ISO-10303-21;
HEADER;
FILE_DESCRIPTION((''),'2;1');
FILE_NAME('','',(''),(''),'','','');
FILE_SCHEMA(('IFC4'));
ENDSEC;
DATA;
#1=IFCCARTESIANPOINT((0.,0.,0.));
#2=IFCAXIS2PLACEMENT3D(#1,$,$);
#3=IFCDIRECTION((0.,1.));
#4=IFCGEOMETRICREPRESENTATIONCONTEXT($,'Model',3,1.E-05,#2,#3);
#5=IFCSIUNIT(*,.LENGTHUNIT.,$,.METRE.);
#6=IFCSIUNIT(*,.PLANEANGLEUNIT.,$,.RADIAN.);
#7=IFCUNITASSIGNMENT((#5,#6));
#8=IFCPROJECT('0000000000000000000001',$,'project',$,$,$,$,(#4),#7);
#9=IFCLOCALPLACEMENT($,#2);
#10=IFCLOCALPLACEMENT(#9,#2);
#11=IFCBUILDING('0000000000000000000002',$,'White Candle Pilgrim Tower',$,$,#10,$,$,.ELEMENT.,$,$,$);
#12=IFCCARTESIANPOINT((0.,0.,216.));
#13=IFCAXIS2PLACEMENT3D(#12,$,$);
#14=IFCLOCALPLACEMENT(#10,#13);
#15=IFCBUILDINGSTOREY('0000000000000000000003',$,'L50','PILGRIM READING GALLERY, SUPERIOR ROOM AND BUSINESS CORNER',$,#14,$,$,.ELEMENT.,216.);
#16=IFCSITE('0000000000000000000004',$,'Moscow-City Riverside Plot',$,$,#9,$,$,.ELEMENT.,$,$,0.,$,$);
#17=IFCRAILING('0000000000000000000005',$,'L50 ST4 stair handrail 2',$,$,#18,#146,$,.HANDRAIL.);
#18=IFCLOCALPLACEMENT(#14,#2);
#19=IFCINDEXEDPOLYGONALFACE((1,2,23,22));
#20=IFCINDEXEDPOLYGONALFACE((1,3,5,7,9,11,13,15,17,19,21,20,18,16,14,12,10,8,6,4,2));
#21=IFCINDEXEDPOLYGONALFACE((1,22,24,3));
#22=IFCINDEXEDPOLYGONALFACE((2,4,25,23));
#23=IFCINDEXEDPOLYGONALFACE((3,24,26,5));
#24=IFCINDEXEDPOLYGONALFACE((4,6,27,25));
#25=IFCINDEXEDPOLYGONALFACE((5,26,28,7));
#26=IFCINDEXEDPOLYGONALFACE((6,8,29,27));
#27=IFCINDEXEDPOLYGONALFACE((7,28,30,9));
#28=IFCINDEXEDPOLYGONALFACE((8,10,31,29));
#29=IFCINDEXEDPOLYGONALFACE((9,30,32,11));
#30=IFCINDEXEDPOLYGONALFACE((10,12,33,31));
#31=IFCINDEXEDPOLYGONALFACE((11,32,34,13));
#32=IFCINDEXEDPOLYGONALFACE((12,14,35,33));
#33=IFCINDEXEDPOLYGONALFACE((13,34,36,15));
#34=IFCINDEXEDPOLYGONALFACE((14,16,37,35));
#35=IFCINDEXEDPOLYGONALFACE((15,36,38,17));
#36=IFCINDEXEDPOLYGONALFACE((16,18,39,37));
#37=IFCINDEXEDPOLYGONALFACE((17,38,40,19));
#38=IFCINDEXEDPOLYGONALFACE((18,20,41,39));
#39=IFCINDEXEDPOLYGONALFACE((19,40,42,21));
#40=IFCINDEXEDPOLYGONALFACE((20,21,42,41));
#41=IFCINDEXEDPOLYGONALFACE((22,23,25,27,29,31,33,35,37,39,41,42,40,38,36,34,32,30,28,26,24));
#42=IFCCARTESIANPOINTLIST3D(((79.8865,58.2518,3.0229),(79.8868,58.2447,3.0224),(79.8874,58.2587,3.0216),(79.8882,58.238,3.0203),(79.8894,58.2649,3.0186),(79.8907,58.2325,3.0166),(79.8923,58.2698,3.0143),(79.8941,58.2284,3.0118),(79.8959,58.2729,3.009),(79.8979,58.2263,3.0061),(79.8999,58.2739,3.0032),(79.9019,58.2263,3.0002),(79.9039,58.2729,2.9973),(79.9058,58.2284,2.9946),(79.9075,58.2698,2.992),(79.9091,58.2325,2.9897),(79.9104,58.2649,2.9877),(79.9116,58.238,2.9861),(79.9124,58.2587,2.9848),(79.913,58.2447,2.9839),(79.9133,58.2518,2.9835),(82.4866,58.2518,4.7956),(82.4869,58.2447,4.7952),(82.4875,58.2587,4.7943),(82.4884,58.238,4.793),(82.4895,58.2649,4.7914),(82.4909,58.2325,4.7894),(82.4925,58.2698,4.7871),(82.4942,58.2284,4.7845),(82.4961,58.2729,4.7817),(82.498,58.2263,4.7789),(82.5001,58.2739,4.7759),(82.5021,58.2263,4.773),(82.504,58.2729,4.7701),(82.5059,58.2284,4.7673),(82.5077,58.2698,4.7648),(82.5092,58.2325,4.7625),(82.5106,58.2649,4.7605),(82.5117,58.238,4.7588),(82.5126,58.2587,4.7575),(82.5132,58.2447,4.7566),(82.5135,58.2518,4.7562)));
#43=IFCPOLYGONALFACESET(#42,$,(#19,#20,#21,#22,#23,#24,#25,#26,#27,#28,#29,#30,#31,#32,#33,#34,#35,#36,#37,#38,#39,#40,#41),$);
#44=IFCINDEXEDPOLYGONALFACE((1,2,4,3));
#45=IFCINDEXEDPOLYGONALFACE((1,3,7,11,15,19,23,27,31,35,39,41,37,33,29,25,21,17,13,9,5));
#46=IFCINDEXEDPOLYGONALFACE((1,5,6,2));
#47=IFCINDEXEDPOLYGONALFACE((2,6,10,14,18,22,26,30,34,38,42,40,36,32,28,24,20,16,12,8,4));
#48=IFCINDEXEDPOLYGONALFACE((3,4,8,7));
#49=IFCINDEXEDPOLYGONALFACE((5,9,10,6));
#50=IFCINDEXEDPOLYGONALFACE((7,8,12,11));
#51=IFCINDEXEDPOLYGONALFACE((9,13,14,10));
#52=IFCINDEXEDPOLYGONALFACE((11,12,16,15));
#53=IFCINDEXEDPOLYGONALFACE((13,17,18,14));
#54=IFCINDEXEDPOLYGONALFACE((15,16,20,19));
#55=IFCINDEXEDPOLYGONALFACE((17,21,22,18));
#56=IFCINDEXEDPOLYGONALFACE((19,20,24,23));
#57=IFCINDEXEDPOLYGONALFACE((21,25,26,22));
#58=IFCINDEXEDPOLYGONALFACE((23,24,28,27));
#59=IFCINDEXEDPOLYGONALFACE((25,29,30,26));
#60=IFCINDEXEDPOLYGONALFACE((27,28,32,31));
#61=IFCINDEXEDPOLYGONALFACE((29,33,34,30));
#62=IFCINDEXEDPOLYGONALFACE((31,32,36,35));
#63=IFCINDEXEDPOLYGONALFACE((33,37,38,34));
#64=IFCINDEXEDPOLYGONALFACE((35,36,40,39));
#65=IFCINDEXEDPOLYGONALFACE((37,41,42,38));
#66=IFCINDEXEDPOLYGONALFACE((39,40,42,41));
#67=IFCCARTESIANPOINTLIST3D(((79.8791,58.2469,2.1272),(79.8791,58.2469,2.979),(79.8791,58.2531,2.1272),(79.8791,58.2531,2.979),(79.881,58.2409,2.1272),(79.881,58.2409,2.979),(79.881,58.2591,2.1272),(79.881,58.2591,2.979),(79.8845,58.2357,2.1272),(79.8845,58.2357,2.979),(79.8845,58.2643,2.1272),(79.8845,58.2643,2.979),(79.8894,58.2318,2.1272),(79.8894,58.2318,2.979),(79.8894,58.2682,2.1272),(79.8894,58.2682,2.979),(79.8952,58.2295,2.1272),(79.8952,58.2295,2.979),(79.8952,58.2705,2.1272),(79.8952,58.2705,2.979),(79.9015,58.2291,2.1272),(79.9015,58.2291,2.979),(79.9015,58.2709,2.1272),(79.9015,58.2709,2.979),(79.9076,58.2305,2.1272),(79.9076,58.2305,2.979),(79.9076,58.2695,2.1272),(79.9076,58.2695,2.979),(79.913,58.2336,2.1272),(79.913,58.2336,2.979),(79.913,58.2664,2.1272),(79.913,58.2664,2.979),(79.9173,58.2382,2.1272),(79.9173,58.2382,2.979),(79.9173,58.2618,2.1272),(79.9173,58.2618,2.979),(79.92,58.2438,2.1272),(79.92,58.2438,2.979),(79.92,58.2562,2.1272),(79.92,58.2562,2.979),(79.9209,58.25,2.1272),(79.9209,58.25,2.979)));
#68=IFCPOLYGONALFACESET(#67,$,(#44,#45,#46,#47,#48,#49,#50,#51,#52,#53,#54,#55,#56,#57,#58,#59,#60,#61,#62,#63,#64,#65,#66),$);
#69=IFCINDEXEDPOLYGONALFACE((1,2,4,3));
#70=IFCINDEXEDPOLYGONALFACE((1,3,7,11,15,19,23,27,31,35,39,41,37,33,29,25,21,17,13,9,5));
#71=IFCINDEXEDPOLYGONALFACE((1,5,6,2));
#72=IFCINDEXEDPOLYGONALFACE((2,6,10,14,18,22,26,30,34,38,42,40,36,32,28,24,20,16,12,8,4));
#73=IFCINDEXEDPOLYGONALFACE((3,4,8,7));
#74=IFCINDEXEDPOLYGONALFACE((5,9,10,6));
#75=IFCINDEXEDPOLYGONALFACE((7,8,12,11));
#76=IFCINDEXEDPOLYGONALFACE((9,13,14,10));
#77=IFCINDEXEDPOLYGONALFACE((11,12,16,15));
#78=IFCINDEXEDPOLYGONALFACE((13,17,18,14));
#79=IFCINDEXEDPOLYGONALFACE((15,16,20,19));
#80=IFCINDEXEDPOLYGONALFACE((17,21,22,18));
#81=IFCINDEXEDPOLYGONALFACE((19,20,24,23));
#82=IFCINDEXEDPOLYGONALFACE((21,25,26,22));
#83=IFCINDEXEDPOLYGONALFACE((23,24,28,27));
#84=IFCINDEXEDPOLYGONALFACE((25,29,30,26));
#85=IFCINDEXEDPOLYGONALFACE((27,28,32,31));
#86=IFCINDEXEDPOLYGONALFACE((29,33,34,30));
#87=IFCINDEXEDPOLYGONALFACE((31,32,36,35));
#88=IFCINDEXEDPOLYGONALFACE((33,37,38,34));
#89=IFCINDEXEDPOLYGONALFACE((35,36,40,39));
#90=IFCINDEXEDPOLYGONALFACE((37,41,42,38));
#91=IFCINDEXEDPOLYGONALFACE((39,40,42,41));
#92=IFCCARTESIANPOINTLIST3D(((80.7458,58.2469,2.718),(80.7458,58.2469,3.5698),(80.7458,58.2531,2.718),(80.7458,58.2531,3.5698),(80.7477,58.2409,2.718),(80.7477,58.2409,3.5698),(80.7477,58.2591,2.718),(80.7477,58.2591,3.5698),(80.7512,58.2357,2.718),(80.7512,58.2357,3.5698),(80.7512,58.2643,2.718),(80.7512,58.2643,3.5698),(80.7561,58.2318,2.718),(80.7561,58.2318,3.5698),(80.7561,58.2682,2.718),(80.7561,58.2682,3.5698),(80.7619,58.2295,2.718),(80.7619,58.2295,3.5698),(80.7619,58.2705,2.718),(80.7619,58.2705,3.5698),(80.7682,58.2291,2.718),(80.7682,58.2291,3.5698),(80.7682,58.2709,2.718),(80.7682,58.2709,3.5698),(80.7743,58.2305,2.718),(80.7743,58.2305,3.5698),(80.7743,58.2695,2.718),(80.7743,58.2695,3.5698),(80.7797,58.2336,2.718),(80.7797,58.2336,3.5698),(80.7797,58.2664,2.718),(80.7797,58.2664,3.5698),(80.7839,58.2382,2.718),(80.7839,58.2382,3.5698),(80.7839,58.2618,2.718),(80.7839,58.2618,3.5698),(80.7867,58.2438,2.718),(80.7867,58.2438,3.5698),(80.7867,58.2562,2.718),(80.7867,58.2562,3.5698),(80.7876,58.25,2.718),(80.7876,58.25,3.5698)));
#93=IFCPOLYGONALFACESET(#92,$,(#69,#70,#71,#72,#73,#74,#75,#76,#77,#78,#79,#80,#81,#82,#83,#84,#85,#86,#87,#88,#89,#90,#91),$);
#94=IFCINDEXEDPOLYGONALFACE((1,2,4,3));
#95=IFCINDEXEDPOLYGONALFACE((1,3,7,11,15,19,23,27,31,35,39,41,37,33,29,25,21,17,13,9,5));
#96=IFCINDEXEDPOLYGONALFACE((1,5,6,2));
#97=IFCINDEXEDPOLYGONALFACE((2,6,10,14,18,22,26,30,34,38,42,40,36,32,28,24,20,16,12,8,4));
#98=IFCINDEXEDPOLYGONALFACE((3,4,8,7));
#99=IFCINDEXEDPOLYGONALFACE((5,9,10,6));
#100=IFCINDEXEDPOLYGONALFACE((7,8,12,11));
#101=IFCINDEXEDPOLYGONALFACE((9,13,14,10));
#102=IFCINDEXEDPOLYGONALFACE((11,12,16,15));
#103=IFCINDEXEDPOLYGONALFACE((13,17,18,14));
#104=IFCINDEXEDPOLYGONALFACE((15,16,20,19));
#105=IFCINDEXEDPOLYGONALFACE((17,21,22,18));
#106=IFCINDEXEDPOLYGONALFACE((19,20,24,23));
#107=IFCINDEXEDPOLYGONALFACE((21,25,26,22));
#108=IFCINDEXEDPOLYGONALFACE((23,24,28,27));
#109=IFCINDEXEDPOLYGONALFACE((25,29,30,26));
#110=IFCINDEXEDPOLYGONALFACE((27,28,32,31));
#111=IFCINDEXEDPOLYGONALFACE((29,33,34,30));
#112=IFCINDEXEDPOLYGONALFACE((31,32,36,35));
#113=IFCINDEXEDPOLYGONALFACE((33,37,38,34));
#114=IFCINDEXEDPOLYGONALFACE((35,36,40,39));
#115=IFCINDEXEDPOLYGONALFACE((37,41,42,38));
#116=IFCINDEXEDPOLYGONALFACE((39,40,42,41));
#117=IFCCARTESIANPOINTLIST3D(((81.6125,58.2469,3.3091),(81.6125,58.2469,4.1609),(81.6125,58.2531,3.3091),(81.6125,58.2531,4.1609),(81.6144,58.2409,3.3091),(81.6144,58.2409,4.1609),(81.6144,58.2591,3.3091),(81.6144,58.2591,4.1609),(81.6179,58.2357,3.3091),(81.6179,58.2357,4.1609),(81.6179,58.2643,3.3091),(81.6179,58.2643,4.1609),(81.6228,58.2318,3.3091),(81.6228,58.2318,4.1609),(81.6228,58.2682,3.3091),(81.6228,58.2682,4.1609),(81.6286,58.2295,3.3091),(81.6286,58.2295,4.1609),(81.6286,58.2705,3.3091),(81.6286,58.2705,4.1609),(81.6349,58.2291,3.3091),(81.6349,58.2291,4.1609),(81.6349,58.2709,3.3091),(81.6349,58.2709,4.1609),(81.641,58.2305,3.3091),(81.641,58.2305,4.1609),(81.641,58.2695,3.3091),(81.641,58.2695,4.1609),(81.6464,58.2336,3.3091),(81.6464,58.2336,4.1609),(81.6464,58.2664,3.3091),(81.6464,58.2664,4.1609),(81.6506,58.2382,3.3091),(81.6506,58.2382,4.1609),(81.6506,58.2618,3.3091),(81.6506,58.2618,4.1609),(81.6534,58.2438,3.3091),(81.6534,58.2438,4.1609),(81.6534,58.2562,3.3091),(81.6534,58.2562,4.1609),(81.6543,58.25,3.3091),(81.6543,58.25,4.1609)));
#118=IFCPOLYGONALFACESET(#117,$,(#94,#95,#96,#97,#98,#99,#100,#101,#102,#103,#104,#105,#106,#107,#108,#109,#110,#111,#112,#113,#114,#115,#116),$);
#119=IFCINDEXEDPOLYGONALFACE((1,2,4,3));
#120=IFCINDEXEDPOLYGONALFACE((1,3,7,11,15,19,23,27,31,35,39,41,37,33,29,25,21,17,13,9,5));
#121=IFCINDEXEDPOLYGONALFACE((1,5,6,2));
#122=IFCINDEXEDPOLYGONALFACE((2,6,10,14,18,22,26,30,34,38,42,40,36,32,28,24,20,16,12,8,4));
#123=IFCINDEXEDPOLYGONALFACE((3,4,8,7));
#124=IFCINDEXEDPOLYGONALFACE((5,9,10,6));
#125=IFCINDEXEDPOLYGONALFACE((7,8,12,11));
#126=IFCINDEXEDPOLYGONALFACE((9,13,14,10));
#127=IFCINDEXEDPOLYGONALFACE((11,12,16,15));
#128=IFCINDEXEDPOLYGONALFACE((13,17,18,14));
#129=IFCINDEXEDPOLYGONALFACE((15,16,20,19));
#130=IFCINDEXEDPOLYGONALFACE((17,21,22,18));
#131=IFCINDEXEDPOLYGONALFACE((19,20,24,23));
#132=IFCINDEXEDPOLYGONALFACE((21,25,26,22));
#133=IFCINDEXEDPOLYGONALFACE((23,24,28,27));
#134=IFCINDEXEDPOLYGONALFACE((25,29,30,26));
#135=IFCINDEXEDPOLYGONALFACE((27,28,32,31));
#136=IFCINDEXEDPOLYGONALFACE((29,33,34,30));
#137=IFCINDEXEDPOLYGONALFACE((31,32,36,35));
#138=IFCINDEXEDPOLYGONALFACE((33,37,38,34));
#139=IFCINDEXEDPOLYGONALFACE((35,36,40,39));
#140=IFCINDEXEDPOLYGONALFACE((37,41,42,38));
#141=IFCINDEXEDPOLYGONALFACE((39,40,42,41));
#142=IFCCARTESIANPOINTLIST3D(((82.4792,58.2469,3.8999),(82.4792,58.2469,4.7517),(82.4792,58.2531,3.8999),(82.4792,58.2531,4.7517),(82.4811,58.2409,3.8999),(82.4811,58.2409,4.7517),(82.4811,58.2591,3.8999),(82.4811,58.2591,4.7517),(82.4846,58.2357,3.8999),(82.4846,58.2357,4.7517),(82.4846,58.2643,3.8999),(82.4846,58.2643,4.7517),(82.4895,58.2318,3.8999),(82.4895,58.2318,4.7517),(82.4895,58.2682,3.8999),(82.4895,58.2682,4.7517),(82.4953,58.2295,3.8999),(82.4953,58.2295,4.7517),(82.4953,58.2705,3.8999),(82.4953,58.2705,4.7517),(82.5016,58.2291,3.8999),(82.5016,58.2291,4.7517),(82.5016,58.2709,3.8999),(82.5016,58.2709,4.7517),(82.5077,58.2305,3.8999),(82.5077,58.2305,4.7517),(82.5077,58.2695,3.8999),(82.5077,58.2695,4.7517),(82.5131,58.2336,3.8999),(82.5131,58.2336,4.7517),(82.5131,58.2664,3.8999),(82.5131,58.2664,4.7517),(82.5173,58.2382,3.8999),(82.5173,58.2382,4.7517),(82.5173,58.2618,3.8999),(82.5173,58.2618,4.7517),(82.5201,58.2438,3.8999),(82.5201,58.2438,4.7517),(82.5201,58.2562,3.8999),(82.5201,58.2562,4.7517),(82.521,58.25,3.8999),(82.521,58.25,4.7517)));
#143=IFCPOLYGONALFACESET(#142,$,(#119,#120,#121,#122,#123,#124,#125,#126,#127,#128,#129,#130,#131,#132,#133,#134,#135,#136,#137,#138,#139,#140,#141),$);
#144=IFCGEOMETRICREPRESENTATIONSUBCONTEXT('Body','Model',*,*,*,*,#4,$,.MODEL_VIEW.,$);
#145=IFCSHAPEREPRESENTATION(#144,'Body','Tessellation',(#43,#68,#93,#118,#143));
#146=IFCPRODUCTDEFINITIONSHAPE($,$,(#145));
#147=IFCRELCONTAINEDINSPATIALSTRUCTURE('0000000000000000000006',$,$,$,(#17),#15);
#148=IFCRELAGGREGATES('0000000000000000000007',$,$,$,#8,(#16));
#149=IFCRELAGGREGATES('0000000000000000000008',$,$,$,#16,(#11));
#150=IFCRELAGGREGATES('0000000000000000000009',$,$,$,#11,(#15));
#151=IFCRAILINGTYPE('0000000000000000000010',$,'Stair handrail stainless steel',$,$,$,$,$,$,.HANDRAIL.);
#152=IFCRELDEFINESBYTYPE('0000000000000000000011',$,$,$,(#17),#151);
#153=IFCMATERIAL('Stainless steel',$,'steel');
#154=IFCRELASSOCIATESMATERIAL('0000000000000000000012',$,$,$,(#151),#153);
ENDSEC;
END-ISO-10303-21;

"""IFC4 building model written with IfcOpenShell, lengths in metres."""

from ifc_helpers import new_model, si_unit, direction, frame, origin, origin_2d, place, context, subcontext, project, spatial, circle, extrude, material, type_object, element, save


model = new_model("IFC4")

# Units and contexts
model_context = context("Model", 3, precision=1e-05, world=origin(), true_north=direction((0.0, 1.0)))
body_context = subcontext(model_context, "Body", "Model", "MODEL_VIEW")
ifc_project = project(units=[si_unit("LENGTHUNIT", "METRE"), si_unit("PLANEANGLEUNIT", "RADIAN")], contexts=[model_context])

# Site, building, storey
site_placement = place(None, origin())
site = spatial("IfcSite", under=ifc_project, at=site_placement, Name="Moscow-City Riverside Plot", CompositionType="ELEMENT", RefElevation=0.0)
building_placement = place(site_placement, origin())
building = spatial("IfcBuilding", under=site, at=building_placement, Name="White Candle Pilgrim Tower", CompositionType="ELEMENT")
storey_placement = place(building_placement, frame((0.0, 0.0, 216.0)))
storey = spatial("IfcBuildingStorey", under=building, at=storey_placement, Name="L50", Description="PILGRIM READING GALLERY, SUPERIOR ROOM AND BUSINESS CORNER", CompositionType="ELEMENT", Elevation=216.0)

# Railing
ifc_material_1 = material(Name="Stainless steel", Category="steel")
railing_type_1 = type_object("IfcRailingType", Name="Stair handrail stainless steel", PredefinedType="HANDRAIL", material=ifc_material_1)
railing_1_placement = place(storey_placement, frame((79.8999, 58.25, 2.1272)))
element("IfcRailing", 1, at=railing_1_placement, inside=storey, type_object=railing_type_1, Name="L50 ST4 stair handrail 2", PredefinedType="HANDRAIL", context=body_context, shape_type="SweptSolid", body=[
    extrude(circle(Radius=0.0239, at=origin_2d()), frame((0.0, 0.0, 0.876), z_axis=(0.82624, 0.0, 0.563318), x_axis=(0.0, 1.0, 0.0)), (0.0, 0.0, 1.0), 3.147),
    extrude(circle(Radius=0.021, at=origin_2d()), origin(), (0.0, 0.0, 1.0), 0.8518),
    extrude(circle(Radius=0.021, at=origin_2d()), frame((0.8667, 0.0, 0.5908)), (0.0, 0.0, 1.0), 0.8518),
    extrude(circle(Radius=0.021, at=origin_2d()), frame((1.7334, 0.0, 1.1819)), (0.0, 0.0, 1.0), 0.8518),
    extrude(circle(Radius=0.021, at=origin_2d()), frame((2.6001, 0.0, 1.7727)), (0.0, 0.0, 1.0), 0.8518),
])

save(model, "model.ifc")
